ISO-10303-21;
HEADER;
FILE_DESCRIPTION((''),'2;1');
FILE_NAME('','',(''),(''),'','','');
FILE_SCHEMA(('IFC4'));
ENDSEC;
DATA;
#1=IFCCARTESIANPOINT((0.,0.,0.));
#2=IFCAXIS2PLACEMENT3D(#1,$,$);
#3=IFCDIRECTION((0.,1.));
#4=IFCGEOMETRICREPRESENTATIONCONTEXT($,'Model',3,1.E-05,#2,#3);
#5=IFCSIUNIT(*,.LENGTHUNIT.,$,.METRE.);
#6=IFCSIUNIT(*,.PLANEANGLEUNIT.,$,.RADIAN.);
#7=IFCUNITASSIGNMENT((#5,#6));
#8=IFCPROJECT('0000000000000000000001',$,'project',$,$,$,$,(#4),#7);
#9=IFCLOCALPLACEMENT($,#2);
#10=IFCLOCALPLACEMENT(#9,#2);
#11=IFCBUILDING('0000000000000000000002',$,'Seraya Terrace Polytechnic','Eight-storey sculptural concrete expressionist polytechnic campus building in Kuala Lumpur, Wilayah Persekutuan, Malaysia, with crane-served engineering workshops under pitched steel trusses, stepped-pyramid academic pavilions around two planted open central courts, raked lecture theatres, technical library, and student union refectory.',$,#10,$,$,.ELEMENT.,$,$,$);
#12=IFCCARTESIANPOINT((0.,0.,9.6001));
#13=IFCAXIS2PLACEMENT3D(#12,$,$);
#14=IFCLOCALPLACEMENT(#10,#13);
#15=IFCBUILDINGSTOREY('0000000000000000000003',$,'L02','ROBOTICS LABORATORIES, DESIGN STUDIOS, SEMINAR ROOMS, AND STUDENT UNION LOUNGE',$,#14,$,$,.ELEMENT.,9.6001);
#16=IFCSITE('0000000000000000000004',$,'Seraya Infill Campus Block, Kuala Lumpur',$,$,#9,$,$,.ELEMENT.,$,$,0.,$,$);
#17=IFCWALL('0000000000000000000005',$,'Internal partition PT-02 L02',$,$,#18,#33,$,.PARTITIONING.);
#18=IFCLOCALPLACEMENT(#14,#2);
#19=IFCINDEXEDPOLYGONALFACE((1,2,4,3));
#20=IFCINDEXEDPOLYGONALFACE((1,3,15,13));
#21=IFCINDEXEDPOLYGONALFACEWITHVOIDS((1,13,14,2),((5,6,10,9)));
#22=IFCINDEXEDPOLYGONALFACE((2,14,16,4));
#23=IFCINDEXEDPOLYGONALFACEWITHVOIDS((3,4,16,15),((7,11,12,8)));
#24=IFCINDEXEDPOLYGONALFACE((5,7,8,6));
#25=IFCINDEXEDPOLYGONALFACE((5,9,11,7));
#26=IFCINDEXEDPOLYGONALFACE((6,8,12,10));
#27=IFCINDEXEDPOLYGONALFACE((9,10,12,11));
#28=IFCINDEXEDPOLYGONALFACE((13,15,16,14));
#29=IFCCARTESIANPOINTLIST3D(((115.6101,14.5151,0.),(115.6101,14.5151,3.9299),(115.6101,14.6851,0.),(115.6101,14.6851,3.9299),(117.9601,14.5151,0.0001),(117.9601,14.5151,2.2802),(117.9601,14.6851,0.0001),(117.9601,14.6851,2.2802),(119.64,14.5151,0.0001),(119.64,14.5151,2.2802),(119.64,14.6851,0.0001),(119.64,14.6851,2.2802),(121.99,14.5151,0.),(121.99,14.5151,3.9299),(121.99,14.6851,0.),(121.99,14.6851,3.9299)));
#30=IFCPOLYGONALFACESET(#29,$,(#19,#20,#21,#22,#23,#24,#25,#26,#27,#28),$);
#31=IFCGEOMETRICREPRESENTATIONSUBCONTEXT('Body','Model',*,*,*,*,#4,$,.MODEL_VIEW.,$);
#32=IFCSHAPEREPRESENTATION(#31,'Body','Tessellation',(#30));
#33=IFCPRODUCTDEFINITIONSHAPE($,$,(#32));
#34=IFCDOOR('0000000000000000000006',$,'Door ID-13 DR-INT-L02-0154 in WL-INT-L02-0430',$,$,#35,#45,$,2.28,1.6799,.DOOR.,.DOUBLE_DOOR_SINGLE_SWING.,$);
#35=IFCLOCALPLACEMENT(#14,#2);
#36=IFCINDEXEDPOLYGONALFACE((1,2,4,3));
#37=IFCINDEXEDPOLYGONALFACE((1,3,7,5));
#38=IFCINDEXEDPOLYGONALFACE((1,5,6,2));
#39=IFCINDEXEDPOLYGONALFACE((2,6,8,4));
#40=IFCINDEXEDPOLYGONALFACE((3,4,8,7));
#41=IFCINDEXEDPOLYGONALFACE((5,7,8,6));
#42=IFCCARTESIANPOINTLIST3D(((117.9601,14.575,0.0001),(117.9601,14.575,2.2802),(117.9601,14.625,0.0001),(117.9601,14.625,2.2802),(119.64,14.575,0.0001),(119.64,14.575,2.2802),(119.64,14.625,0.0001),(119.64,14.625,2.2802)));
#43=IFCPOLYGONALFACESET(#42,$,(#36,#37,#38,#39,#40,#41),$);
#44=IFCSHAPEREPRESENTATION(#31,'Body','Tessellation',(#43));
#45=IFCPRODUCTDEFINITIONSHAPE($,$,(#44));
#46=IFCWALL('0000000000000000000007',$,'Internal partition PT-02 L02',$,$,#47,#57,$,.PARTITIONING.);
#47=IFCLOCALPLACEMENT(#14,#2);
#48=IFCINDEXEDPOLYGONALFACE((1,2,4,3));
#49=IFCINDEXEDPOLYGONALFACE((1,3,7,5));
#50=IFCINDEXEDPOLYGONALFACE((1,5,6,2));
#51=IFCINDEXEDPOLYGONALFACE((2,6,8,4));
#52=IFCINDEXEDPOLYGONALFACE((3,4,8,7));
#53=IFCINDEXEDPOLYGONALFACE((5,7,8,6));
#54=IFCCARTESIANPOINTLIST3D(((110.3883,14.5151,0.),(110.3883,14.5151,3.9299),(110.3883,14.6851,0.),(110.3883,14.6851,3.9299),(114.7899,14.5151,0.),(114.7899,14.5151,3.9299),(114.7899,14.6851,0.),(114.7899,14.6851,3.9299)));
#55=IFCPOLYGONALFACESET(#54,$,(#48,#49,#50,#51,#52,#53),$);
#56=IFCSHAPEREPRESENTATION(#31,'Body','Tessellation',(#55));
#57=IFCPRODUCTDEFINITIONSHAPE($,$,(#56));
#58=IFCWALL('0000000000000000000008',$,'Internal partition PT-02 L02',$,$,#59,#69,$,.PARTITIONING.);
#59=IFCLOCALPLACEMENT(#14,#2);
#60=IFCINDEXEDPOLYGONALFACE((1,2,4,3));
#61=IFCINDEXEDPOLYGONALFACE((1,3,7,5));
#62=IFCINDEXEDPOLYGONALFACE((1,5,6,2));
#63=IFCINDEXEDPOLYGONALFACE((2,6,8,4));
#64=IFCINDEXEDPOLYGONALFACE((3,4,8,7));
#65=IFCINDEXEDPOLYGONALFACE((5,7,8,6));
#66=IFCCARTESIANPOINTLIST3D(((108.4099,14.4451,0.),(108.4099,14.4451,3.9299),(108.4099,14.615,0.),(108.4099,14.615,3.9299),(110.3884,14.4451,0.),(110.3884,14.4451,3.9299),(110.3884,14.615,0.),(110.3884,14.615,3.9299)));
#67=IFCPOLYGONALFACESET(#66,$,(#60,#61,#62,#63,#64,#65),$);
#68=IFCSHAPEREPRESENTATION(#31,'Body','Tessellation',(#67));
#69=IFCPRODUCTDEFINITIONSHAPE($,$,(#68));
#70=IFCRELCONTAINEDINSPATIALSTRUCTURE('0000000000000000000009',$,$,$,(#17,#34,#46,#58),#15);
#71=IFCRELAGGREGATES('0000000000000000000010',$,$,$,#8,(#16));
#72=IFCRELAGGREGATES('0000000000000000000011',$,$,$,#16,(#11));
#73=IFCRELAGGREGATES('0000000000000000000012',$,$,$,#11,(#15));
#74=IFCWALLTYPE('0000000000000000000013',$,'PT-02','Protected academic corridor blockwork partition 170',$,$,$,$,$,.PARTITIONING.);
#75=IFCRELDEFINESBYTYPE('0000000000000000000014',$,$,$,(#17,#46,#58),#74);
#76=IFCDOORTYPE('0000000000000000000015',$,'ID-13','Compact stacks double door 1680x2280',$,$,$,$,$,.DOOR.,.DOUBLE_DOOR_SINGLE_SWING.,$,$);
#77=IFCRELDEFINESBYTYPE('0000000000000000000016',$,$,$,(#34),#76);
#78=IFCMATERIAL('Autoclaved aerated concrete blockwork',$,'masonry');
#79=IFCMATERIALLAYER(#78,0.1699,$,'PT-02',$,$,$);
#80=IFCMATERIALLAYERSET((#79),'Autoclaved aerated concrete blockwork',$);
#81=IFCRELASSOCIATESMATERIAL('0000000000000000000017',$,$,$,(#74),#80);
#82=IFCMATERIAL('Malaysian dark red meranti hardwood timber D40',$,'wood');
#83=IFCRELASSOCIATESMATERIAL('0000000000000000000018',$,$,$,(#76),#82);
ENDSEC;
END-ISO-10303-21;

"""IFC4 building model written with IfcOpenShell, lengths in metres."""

from ifc_helpers import new_model, si_unit, direction, frame, frame_2d, origin, place, context, subcontext, project, spatial, rectangle, extrude, material, layer, layer_set, type_object, element, fill, save


model = new_model("IFC4")

# Units and contexts
model_context = context("Model", 3, precision=1e-05, world=origin(), true_north=direction((0.0, 1.0)))
body_context = subcontext(model_context, "Body", "Model", "MODEL_VIEW")
ifc_project = project(units=[si_unit("LENGTHUNIT", "METRE"), si_unit("PLANEANGLEUNIT", "RADIAN")], contexts=[model_context])

# Site, building, storey
site_placement = place(None, origin())
site = spatial("IfcSite", under=ifc_project, at=site_placement, Name="Seraya Infill Campus Block, Kuala Lumpur", CompositionType="ELEMENT", RefElevation=0.0)
building_placement = place(site_placement, origin())
building = spatial("IfcBuilding", under=site, at=building_placement, Name="Seraya Terrace Polytechnic", Description="Eight-storey sculptural concrete expressionist polytechnic campus building in Kuala Lumpur, Wilayah Persekutuan, Malaysia, with crane-served engineering workshops under pitched steel trusses, stepped-pyramid academic pavilions around two planted open central courts, raked lecture theatres, technical library, and student union refectory.", CompositionType="ELEMENT")
storey_placement = place(building_placement, frame((0.0, 0.0, 9.6001)))
storey = spatial("IfcBuildingStorey", under=building, at=storey_placement, Name="L02", Description="ROBOTICS LABORATORIES, DESIGN STUDIOS, SEMINAR ROOMS, AND STUDENT UNION LOUNGE", CompositionType="ELEMENT", Elevation=9.6001)

# Wall, opening, door
ifc_material_1 = material(Name="Autoclaved aerated concrete blockwork", Category="masonry")
ifc_layer_1 = layer(ifc_material_1, 0.1699, Name="PT-02")
ifc_layer_set_1 = layer_set([ifc_layer_1], Name="Autoclaved aerated concrete blockwork")
wall_type_1 = type_object("IfcWallType", Name="PT-02", Description="Protected academic corridor blockwork partition 170", PredefinedType="PARTITIONING", material=ifc_layer_set_1)
wall_1_placement = place(storey_placement, frame((115.6101, 14.6001, 0.0), z_axis=(0.0, 0.0, 1.0), x_axis=(1.0, 0.0, 0.0)))
wall_1 = element("IfcWall", 1, at=wall_1_placement, inside=storey, type_object=wall_type_1, Name="Internal partition PT-02 L02", PredefinedType="PARTITIONING", context=body_context, shape_type="SweptSolid", body=[
    extrude(rectangle(XDim=6.3799, YDim=0.1699, at=frame_2d((3.1899, 0.0))), origin(), (0.0, 0.0, 1.0), 3.9299),
])
opening_1_placement = place(wall_1_placement, frame((2.3501, 0.0, 0.0)))
opening_1 = element("IfcOpeningElement", 2, at=opening_1_placement, cuts=wall_1, PredefinedType="OPENING", context=body_context, shape_type="SweptSolid", body=[
    extrude(rectangle(XDim=1.6799, YDim=2.28, at=frame_2d((0.8398, 1.1401))), frame((0.0, 0.0969, 0.0), z_axis=(0.0, -1.0, 0.0), x_axis=(1.0, 0.0, 0.0)), (0.0, 0.0, 1.0), 0.1938),
])
ifc_material_2 = material(Name="Malaysian dark red meranti hardwood timber D40", Category="wood")
door_type_1 = type_object("IfcDoorType", Name="ID-13", Description="Compact stacks double door 1680x2280", OperationType="DOUBLE_DOOR_SINGLE_SWING", PredefinedType="DOOR", material=ifc_material_2)
door_1_placement = place(opening_1_placement, origin())
door_1 = element("IfcDoor", 3, at=door_1_placement, inside=storey, type_object=door_type_1, Name="Door ID-13 DR-INT-L02-0154 in WL-INT-L02-0430", OperationType="DOUBLE_DOOR_SINGLE_SWING", OverallHeight=2.28, OverallWidth=1.6799, PredefinedType="DOOR", context=body_context, shape_type="SweptSolid", body=[
    extrude(rectangle(XDim=1.6799, YDim=2.28, at=frame_2d((0.8398, 1.1401))), frame((0.0, 0.0249, 0.0), z_axis=(0.0, -1.0, 0.0), x_axis=(1.0, 0.0, 0.0)), (0.0, 0.0, 1.0), 0.05),
])
fill(opening_1, door_1)

# Walls
wall_2_placement = place(storey_placement, frame((110.3884, 14.6001, 0.0), z_axis=(0.0, 0.0, 1.0), x_axis=(1.0, 0.0, 0.0)))
element("IfcWall", 4, at=wall_2_placement, inside=storey, type_object=wall_type_1, Name="Internal partition PT-02 L02", PredefinedType="PARTITIONING", context=body_context, shape_type="SweptSolid", body=[
    extrude(rectangle(XDim=4.4016, YDim=0.1699, at=frame_2d((2.2007, 0.0))), origin(), (0.0, 0.0, 1.0), 3.9299),
])
wall_3_placement = place(storey_placement, frame((108.4099, 14.53, 0.0), z_axis=(0.0, 0.0, 1.0), x_axis=(1.0, 0.0, 0.0)))
element("IfcWall", 5, at=wall_3_placement, inside=storey, type_object=wall_type_1, Name="Internal partition PT-02 L02", PredefinedType="PARTITIONING", context=body_context, shape_type="SweptSolid", body=[
    extrude(rectangle(XDim=1.9785, YDim=0.1699, at=frame_2d((0.9893, 0.0))), origin(), (0.0, 0.0, 1.0), 3.9299),
])

save(model, "model.ifc")
